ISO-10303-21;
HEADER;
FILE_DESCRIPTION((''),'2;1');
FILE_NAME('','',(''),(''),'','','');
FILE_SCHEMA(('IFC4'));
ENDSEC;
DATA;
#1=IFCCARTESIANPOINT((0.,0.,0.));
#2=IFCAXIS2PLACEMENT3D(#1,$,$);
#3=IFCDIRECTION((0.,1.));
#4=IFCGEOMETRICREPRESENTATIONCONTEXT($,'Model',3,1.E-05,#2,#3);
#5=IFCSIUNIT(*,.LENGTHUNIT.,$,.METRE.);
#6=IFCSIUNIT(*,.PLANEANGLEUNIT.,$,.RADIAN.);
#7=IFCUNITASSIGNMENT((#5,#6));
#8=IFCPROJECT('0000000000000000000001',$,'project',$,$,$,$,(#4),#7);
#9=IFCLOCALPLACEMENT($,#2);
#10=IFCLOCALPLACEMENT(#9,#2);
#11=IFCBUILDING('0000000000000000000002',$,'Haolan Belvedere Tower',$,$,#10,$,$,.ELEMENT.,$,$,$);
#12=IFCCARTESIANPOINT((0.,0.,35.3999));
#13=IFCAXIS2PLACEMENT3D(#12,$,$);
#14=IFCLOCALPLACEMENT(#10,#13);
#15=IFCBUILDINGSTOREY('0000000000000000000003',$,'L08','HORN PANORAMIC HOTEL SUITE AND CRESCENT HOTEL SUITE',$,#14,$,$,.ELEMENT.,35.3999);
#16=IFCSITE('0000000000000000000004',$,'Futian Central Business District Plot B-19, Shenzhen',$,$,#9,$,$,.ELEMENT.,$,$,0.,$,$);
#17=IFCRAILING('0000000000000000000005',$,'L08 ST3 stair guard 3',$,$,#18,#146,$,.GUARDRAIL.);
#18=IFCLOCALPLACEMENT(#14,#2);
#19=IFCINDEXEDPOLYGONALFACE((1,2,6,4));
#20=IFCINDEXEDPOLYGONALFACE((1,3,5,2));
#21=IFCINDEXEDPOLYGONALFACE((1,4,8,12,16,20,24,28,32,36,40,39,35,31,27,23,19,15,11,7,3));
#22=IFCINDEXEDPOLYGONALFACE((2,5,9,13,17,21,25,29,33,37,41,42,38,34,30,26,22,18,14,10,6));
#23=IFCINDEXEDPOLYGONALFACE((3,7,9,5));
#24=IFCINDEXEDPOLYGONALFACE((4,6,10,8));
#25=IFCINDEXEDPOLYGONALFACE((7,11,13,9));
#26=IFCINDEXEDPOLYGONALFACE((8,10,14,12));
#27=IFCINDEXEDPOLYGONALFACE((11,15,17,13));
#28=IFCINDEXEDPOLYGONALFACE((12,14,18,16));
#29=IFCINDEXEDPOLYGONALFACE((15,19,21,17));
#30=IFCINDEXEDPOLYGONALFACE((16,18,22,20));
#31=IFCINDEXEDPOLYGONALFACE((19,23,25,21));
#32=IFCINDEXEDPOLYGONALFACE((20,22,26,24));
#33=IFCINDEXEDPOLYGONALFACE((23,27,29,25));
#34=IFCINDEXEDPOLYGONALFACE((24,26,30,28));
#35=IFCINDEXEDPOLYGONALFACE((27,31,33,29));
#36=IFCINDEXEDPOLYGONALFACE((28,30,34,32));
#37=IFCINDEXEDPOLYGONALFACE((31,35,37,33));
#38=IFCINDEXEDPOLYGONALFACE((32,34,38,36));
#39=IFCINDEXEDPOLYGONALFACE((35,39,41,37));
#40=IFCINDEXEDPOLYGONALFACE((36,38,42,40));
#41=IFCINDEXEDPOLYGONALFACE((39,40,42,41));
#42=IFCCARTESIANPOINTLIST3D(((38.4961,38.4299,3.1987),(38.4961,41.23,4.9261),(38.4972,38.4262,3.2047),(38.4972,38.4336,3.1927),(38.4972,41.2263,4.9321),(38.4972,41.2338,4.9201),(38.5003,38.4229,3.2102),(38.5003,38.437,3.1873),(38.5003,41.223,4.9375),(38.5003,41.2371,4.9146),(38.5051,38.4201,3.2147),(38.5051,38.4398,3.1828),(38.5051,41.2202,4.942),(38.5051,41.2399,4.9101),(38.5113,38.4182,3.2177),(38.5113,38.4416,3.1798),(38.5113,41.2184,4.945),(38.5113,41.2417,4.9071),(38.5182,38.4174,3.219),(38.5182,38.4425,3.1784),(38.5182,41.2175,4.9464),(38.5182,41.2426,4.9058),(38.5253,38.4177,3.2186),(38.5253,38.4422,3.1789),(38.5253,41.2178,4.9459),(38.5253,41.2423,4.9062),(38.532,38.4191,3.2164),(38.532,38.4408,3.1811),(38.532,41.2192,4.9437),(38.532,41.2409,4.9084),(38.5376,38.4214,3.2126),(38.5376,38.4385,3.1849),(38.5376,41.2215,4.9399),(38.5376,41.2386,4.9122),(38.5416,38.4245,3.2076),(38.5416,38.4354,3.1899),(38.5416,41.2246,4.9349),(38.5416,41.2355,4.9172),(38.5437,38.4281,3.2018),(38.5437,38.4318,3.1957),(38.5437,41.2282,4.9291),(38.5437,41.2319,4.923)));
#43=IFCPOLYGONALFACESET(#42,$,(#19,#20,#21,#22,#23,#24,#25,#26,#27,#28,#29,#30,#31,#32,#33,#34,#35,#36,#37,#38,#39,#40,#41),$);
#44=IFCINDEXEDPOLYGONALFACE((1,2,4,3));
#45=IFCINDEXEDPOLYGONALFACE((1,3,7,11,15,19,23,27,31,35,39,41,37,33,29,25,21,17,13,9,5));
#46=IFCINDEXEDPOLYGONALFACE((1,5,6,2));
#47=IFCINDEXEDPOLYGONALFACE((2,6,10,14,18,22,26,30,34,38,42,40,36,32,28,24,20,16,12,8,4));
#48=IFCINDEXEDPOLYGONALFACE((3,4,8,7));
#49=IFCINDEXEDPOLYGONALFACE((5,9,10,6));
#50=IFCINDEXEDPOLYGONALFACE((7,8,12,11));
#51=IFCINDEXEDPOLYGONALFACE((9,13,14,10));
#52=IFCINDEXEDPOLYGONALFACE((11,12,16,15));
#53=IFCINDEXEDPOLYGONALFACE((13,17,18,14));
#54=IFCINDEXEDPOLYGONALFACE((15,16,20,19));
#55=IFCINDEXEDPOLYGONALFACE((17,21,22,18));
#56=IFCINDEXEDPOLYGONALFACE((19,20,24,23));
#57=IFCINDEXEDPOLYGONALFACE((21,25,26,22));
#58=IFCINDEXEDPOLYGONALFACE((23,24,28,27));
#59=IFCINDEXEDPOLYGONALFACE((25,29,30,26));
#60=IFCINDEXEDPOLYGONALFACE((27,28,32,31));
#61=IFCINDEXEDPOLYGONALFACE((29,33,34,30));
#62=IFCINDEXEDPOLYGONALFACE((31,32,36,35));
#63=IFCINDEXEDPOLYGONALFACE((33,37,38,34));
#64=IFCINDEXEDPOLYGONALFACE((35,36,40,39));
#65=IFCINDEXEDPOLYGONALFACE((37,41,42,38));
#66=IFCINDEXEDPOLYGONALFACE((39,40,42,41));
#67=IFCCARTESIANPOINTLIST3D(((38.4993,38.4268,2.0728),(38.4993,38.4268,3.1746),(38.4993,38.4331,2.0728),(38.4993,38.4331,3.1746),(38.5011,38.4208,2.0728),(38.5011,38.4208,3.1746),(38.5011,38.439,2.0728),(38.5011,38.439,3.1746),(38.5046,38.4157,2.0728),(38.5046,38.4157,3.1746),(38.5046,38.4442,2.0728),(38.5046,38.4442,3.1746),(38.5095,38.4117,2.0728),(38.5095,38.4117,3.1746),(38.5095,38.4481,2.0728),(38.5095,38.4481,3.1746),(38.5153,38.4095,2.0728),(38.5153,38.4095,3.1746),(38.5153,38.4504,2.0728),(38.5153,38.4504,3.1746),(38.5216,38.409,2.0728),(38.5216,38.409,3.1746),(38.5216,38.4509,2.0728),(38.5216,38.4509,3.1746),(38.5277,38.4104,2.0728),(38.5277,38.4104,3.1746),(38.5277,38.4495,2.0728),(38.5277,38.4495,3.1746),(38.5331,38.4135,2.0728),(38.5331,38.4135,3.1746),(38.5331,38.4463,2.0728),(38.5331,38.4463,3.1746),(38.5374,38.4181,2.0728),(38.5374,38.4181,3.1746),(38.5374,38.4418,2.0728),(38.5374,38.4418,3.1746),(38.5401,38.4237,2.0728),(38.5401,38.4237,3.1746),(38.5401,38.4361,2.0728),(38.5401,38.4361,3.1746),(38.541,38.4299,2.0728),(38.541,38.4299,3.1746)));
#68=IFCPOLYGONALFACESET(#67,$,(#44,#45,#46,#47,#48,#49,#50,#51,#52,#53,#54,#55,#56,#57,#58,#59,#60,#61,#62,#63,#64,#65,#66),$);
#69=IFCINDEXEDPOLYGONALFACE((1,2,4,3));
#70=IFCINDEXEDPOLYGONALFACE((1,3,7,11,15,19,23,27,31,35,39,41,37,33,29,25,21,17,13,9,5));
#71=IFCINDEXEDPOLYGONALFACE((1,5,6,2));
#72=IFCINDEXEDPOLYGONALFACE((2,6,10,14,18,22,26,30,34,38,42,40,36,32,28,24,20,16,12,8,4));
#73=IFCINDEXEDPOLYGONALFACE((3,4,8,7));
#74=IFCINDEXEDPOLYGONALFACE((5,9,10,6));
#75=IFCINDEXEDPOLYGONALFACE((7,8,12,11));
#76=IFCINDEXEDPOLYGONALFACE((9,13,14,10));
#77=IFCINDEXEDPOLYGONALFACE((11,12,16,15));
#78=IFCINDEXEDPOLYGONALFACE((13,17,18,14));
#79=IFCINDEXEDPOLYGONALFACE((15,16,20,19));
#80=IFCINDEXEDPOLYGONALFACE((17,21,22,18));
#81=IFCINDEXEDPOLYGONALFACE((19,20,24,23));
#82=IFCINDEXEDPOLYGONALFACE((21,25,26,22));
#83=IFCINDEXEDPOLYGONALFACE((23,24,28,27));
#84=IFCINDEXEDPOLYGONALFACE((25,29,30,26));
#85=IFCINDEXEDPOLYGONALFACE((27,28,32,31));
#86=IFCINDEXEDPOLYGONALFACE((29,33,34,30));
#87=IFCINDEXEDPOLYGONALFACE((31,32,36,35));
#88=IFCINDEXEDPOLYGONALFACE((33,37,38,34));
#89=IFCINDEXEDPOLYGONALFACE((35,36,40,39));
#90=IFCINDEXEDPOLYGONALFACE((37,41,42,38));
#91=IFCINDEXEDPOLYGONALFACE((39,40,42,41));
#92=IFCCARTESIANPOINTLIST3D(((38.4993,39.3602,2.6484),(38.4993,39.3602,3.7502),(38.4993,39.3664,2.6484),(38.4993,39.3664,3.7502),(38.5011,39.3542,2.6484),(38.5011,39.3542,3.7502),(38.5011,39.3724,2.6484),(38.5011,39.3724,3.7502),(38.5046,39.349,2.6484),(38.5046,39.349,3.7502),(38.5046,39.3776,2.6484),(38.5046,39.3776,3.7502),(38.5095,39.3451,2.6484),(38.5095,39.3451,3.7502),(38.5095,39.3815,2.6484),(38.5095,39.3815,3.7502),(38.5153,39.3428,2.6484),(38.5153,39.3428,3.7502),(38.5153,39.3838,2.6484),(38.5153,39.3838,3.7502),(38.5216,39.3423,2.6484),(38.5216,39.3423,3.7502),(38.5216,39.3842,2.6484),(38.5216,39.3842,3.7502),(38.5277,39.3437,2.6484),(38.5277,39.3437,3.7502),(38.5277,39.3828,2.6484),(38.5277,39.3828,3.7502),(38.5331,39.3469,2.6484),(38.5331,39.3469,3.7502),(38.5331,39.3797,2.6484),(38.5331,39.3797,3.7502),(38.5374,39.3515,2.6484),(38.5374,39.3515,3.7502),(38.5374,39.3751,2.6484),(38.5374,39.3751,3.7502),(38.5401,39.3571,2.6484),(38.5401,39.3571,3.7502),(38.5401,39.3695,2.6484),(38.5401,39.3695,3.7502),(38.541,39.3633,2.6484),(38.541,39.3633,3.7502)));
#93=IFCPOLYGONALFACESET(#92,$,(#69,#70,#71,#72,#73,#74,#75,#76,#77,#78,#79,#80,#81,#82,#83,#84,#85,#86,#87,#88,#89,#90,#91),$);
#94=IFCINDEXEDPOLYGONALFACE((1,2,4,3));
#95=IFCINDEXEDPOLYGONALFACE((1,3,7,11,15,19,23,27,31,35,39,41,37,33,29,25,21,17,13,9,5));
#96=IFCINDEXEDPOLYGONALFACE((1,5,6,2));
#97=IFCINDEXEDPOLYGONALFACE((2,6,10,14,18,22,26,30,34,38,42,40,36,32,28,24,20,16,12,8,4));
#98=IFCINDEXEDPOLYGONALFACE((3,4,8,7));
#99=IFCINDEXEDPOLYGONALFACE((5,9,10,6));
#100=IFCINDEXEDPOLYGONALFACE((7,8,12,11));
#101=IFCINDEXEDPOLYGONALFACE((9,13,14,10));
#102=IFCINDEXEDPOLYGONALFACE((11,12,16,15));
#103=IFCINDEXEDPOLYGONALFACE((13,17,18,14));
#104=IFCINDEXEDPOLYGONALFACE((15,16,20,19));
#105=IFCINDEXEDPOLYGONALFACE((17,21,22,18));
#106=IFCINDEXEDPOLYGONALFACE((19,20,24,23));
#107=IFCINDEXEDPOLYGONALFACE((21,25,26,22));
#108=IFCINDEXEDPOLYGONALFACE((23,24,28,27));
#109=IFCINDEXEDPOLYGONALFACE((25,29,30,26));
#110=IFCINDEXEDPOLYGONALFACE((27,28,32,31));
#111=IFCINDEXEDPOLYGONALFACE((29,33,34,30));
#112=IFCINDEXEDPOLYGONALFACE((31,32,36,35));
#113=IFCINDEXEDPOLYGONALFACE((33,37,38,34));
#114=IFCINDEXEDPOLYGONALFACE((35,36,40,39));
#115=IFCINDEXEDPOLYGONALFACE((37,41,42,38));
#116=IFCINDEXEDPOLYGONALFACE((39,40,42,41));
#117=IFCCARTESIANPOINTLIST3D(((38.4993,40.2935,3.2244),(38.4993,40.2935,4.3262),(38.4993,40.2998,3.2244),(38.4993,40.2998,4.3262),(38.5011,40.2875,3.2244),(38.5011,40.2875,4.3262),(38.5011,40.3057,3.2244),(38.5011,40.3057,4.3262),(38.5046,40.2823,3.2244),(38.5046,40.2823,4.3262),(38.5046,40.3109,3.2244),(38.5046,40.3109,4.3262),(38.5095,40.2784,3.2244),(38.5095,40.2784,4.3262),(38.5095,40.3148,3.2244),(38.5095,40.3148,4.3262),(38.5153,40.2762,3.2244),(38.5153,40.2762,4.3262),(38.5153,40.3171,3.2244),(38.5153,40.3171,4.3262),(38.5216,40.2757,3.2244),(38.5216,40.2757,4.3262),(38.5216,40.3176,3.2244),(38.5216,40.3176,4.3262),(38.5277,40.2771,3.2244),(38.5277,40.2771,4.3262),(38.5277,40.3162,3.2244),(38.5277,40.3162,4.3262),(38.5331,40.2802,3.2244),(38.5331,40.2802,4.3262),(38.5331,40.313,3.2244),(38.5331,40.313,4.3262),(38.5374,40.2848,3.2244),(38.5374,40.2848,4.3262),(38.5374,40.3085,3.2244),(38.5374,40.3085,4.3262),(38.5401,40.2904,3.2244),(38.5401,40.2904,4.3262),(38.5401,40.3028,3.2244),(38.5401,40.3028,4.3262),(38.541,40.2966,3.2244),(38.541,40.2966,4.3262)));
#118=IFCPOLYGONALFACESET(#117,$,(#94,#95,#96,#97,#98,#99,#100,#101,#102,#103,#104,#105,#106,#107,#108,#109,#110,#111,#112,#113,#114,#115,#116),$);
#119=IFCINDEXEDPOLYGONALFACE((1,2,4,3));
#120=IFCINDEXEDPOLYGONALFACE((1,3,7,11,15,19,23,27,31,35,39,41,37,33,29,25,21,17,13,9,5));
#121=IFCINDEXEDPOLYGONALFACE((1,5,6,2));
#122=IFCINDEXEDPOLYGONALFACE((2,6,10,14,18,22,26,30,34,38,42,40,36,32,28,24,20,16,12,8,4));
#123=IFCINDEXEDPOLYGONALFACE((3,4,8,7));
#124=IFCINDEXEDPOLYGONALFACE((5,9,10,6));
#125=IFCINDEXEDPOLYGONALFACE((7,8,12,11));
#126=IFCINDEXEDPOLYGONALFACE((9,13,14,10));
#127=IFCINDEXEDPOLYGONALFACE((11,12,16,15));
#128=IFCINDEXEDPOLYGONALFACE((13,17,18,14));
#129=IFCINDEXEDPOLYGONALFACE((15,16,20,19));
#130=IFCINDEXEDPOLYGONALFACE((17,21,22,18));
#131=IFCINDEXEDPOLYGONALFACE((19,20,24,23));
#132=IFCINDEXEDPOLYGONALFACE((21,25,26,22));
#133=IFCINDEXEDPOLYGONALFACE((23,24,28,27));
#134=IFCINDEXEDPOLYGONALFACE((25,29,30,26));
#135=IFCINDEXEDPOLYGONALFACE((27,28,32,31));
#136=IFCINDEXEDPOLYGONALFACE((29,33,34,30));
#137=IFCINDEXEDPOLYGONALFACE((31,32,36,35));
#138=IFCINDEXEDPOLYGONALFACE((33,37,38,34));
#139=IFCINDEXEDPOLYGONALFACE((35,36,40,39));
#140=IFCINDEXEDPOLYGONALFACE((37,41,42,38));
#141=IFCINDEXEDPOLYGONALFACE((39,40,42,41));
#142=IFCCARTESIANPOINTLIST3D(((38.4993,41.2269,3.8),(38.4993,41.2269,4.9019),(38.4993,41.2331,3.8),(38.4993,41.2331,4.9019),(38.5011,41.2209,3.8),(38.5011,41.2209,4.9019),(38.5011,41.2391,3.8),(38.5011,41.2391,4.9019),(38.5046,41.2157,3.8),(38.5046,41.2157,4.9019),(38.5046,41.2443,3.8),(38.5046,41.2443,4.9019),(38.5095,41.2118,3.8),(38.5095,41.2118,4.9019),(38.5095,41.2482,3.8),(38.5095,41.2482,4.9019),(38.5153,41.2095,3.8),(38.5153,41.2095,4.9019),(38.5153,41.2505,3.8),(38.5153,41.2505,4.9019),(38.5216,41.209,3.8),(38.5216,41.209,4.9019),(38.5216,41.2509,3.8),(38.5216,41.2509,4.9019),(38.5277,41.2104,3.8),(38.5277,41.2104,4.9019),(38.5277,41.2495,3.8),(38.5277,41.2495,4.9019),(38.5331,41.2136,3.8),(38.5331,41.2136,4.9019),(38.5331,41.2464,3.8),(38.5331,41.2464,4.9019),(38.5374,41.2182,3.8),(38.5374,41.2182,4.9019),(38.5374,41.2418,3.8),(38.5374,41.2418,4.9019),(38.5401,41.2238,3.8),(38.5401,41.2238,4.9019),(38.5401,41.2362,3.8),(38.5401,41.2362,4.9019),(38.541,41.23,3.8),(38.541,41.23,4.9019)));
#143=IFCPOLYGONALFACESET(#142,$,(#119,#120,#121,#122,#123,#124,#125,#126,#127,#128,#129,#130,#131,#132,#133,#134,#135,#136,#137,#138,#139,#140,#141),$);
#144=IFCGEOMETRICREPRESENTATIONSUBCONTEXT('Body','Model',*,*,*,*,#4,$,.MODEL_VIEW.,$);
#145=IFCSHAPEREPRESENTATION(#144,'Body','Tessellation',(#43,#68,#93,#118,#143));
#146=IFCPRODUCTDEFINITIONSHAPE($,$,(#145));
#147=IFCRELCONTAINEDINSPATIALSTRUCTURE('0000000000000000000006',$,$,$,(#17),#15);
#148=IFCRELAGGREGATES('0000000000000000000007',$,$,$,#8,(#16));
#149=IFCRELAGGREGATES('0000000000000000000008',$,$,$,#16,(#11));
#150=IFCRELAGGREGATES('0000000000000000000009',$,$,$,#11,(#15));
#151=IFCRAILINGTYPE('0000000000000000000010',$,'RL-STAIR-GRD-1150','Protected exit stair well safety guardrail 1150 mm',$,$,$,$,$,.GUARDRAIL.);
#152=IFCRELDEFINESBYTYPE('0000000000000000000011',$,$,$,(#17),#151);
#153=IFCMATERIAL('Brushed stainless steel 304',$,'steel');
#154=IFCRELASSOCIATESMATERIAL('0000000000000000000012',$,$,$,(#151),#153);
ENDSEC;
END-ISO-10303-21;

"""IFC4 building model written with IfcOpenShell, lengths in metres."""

from ifc_helpers import new_model, si_unit, direction, frame, origin, origin_2d, place, context, subcontext, project, spatial, circle, extrude, material, type_object, element, save


model = new_model("IFC4")

# Units and contexts
model_context = context("Model", 3, precision=1e-05, world=origin(), true_north=direction((0.0, 1.0)))
body_context = subcontext(model_context, "Body", "Model", "MODEL_VIEW")
ifc_project = project(units=[si_unit("LENGTHUNIT", "METRE"), si_unit("PLANEANGLEUNIT", "RADIAN")], contexts=[model_context])

# Site, building, storey
site_placement = place(None, origin())
site = spatial("IfcSite", under=ifc_project, at=site_placement, Name="Futian Central Business District Plot B-19, Shenzhen", CompositionType="ELEMENT", RefElevation=0.0)
building_placement = place(site_placement, origin())
building = spatial("IfcBuilding", under=site, at=building_placement, Name="Haolan Belvedere Tower", CompositionType="ELEMENT")
storey_placement = place(building_placement, frame((0.0, 0.0, 35.3999)))
storey = spatial("IfcBuildingStorey", under=building, at=storey_placement, Name="L08", Description="HORN PANORAMIC HOTEL SUITE AND CRESCENT HOTEL SUITE", CompositionType="ELEMENT", Elevation=35.3999)

# Railing
ifc_material_1 = material(Name="Brushed stainless steel 304", Category="steel")
railing_type_1 = type_object("IfcRailingType", Name="RL-STAIR-GRD-1150", Description="Protected exit stair well safety guardrail 1150 mm", PredefinedType="GUARDRAIL", material=ifc_material_1)
railing_1_placement = place(storey_placement, frame((38.52, 38.4299, 2.0728)))
element("IfcRailing", 1, at=railing_1_placement, inside=storey, type_object=railing_type_1, Name="L08 ST3 stair guard 3", PredefinedType="GUARDRAIL", context=body_context, shape_type="SweptSolid", body=[
    extrude(circle(Radius=0.0239, at=origin_2d()), frame((0.0, 0.0, 1.126), z_axis=(0.0, 0.85109, 0.52502), x_axis=(-1.0, 0.0, 0.0)), (0.0, 0.0, 1.0), 3.29),
    extrude(circle(Radius=0.021, at=origin_2d()), origin(), (0.0, 0.0, 1.0), 1.1018),
    extrude(circle(Radius=0.021, at=origin_2d()), frame((0.0, 0.9333, 0.5757)), (0.0, 0.0, 1.0), 1.1018),
    extrude(circle(Radius=0.021, at=origin_2d()), frame((0.0, 1.8667, 1.1516)), (0.0, 0.0, 1.0), 1.1018),
    extrude(circle(Radius=0.021, at=origin_2d()), frame((0.0, 2.8, 1.7273)), (0.0, 0.0, 1.0), 1.1018),
])

save(model, "model.ifc")
